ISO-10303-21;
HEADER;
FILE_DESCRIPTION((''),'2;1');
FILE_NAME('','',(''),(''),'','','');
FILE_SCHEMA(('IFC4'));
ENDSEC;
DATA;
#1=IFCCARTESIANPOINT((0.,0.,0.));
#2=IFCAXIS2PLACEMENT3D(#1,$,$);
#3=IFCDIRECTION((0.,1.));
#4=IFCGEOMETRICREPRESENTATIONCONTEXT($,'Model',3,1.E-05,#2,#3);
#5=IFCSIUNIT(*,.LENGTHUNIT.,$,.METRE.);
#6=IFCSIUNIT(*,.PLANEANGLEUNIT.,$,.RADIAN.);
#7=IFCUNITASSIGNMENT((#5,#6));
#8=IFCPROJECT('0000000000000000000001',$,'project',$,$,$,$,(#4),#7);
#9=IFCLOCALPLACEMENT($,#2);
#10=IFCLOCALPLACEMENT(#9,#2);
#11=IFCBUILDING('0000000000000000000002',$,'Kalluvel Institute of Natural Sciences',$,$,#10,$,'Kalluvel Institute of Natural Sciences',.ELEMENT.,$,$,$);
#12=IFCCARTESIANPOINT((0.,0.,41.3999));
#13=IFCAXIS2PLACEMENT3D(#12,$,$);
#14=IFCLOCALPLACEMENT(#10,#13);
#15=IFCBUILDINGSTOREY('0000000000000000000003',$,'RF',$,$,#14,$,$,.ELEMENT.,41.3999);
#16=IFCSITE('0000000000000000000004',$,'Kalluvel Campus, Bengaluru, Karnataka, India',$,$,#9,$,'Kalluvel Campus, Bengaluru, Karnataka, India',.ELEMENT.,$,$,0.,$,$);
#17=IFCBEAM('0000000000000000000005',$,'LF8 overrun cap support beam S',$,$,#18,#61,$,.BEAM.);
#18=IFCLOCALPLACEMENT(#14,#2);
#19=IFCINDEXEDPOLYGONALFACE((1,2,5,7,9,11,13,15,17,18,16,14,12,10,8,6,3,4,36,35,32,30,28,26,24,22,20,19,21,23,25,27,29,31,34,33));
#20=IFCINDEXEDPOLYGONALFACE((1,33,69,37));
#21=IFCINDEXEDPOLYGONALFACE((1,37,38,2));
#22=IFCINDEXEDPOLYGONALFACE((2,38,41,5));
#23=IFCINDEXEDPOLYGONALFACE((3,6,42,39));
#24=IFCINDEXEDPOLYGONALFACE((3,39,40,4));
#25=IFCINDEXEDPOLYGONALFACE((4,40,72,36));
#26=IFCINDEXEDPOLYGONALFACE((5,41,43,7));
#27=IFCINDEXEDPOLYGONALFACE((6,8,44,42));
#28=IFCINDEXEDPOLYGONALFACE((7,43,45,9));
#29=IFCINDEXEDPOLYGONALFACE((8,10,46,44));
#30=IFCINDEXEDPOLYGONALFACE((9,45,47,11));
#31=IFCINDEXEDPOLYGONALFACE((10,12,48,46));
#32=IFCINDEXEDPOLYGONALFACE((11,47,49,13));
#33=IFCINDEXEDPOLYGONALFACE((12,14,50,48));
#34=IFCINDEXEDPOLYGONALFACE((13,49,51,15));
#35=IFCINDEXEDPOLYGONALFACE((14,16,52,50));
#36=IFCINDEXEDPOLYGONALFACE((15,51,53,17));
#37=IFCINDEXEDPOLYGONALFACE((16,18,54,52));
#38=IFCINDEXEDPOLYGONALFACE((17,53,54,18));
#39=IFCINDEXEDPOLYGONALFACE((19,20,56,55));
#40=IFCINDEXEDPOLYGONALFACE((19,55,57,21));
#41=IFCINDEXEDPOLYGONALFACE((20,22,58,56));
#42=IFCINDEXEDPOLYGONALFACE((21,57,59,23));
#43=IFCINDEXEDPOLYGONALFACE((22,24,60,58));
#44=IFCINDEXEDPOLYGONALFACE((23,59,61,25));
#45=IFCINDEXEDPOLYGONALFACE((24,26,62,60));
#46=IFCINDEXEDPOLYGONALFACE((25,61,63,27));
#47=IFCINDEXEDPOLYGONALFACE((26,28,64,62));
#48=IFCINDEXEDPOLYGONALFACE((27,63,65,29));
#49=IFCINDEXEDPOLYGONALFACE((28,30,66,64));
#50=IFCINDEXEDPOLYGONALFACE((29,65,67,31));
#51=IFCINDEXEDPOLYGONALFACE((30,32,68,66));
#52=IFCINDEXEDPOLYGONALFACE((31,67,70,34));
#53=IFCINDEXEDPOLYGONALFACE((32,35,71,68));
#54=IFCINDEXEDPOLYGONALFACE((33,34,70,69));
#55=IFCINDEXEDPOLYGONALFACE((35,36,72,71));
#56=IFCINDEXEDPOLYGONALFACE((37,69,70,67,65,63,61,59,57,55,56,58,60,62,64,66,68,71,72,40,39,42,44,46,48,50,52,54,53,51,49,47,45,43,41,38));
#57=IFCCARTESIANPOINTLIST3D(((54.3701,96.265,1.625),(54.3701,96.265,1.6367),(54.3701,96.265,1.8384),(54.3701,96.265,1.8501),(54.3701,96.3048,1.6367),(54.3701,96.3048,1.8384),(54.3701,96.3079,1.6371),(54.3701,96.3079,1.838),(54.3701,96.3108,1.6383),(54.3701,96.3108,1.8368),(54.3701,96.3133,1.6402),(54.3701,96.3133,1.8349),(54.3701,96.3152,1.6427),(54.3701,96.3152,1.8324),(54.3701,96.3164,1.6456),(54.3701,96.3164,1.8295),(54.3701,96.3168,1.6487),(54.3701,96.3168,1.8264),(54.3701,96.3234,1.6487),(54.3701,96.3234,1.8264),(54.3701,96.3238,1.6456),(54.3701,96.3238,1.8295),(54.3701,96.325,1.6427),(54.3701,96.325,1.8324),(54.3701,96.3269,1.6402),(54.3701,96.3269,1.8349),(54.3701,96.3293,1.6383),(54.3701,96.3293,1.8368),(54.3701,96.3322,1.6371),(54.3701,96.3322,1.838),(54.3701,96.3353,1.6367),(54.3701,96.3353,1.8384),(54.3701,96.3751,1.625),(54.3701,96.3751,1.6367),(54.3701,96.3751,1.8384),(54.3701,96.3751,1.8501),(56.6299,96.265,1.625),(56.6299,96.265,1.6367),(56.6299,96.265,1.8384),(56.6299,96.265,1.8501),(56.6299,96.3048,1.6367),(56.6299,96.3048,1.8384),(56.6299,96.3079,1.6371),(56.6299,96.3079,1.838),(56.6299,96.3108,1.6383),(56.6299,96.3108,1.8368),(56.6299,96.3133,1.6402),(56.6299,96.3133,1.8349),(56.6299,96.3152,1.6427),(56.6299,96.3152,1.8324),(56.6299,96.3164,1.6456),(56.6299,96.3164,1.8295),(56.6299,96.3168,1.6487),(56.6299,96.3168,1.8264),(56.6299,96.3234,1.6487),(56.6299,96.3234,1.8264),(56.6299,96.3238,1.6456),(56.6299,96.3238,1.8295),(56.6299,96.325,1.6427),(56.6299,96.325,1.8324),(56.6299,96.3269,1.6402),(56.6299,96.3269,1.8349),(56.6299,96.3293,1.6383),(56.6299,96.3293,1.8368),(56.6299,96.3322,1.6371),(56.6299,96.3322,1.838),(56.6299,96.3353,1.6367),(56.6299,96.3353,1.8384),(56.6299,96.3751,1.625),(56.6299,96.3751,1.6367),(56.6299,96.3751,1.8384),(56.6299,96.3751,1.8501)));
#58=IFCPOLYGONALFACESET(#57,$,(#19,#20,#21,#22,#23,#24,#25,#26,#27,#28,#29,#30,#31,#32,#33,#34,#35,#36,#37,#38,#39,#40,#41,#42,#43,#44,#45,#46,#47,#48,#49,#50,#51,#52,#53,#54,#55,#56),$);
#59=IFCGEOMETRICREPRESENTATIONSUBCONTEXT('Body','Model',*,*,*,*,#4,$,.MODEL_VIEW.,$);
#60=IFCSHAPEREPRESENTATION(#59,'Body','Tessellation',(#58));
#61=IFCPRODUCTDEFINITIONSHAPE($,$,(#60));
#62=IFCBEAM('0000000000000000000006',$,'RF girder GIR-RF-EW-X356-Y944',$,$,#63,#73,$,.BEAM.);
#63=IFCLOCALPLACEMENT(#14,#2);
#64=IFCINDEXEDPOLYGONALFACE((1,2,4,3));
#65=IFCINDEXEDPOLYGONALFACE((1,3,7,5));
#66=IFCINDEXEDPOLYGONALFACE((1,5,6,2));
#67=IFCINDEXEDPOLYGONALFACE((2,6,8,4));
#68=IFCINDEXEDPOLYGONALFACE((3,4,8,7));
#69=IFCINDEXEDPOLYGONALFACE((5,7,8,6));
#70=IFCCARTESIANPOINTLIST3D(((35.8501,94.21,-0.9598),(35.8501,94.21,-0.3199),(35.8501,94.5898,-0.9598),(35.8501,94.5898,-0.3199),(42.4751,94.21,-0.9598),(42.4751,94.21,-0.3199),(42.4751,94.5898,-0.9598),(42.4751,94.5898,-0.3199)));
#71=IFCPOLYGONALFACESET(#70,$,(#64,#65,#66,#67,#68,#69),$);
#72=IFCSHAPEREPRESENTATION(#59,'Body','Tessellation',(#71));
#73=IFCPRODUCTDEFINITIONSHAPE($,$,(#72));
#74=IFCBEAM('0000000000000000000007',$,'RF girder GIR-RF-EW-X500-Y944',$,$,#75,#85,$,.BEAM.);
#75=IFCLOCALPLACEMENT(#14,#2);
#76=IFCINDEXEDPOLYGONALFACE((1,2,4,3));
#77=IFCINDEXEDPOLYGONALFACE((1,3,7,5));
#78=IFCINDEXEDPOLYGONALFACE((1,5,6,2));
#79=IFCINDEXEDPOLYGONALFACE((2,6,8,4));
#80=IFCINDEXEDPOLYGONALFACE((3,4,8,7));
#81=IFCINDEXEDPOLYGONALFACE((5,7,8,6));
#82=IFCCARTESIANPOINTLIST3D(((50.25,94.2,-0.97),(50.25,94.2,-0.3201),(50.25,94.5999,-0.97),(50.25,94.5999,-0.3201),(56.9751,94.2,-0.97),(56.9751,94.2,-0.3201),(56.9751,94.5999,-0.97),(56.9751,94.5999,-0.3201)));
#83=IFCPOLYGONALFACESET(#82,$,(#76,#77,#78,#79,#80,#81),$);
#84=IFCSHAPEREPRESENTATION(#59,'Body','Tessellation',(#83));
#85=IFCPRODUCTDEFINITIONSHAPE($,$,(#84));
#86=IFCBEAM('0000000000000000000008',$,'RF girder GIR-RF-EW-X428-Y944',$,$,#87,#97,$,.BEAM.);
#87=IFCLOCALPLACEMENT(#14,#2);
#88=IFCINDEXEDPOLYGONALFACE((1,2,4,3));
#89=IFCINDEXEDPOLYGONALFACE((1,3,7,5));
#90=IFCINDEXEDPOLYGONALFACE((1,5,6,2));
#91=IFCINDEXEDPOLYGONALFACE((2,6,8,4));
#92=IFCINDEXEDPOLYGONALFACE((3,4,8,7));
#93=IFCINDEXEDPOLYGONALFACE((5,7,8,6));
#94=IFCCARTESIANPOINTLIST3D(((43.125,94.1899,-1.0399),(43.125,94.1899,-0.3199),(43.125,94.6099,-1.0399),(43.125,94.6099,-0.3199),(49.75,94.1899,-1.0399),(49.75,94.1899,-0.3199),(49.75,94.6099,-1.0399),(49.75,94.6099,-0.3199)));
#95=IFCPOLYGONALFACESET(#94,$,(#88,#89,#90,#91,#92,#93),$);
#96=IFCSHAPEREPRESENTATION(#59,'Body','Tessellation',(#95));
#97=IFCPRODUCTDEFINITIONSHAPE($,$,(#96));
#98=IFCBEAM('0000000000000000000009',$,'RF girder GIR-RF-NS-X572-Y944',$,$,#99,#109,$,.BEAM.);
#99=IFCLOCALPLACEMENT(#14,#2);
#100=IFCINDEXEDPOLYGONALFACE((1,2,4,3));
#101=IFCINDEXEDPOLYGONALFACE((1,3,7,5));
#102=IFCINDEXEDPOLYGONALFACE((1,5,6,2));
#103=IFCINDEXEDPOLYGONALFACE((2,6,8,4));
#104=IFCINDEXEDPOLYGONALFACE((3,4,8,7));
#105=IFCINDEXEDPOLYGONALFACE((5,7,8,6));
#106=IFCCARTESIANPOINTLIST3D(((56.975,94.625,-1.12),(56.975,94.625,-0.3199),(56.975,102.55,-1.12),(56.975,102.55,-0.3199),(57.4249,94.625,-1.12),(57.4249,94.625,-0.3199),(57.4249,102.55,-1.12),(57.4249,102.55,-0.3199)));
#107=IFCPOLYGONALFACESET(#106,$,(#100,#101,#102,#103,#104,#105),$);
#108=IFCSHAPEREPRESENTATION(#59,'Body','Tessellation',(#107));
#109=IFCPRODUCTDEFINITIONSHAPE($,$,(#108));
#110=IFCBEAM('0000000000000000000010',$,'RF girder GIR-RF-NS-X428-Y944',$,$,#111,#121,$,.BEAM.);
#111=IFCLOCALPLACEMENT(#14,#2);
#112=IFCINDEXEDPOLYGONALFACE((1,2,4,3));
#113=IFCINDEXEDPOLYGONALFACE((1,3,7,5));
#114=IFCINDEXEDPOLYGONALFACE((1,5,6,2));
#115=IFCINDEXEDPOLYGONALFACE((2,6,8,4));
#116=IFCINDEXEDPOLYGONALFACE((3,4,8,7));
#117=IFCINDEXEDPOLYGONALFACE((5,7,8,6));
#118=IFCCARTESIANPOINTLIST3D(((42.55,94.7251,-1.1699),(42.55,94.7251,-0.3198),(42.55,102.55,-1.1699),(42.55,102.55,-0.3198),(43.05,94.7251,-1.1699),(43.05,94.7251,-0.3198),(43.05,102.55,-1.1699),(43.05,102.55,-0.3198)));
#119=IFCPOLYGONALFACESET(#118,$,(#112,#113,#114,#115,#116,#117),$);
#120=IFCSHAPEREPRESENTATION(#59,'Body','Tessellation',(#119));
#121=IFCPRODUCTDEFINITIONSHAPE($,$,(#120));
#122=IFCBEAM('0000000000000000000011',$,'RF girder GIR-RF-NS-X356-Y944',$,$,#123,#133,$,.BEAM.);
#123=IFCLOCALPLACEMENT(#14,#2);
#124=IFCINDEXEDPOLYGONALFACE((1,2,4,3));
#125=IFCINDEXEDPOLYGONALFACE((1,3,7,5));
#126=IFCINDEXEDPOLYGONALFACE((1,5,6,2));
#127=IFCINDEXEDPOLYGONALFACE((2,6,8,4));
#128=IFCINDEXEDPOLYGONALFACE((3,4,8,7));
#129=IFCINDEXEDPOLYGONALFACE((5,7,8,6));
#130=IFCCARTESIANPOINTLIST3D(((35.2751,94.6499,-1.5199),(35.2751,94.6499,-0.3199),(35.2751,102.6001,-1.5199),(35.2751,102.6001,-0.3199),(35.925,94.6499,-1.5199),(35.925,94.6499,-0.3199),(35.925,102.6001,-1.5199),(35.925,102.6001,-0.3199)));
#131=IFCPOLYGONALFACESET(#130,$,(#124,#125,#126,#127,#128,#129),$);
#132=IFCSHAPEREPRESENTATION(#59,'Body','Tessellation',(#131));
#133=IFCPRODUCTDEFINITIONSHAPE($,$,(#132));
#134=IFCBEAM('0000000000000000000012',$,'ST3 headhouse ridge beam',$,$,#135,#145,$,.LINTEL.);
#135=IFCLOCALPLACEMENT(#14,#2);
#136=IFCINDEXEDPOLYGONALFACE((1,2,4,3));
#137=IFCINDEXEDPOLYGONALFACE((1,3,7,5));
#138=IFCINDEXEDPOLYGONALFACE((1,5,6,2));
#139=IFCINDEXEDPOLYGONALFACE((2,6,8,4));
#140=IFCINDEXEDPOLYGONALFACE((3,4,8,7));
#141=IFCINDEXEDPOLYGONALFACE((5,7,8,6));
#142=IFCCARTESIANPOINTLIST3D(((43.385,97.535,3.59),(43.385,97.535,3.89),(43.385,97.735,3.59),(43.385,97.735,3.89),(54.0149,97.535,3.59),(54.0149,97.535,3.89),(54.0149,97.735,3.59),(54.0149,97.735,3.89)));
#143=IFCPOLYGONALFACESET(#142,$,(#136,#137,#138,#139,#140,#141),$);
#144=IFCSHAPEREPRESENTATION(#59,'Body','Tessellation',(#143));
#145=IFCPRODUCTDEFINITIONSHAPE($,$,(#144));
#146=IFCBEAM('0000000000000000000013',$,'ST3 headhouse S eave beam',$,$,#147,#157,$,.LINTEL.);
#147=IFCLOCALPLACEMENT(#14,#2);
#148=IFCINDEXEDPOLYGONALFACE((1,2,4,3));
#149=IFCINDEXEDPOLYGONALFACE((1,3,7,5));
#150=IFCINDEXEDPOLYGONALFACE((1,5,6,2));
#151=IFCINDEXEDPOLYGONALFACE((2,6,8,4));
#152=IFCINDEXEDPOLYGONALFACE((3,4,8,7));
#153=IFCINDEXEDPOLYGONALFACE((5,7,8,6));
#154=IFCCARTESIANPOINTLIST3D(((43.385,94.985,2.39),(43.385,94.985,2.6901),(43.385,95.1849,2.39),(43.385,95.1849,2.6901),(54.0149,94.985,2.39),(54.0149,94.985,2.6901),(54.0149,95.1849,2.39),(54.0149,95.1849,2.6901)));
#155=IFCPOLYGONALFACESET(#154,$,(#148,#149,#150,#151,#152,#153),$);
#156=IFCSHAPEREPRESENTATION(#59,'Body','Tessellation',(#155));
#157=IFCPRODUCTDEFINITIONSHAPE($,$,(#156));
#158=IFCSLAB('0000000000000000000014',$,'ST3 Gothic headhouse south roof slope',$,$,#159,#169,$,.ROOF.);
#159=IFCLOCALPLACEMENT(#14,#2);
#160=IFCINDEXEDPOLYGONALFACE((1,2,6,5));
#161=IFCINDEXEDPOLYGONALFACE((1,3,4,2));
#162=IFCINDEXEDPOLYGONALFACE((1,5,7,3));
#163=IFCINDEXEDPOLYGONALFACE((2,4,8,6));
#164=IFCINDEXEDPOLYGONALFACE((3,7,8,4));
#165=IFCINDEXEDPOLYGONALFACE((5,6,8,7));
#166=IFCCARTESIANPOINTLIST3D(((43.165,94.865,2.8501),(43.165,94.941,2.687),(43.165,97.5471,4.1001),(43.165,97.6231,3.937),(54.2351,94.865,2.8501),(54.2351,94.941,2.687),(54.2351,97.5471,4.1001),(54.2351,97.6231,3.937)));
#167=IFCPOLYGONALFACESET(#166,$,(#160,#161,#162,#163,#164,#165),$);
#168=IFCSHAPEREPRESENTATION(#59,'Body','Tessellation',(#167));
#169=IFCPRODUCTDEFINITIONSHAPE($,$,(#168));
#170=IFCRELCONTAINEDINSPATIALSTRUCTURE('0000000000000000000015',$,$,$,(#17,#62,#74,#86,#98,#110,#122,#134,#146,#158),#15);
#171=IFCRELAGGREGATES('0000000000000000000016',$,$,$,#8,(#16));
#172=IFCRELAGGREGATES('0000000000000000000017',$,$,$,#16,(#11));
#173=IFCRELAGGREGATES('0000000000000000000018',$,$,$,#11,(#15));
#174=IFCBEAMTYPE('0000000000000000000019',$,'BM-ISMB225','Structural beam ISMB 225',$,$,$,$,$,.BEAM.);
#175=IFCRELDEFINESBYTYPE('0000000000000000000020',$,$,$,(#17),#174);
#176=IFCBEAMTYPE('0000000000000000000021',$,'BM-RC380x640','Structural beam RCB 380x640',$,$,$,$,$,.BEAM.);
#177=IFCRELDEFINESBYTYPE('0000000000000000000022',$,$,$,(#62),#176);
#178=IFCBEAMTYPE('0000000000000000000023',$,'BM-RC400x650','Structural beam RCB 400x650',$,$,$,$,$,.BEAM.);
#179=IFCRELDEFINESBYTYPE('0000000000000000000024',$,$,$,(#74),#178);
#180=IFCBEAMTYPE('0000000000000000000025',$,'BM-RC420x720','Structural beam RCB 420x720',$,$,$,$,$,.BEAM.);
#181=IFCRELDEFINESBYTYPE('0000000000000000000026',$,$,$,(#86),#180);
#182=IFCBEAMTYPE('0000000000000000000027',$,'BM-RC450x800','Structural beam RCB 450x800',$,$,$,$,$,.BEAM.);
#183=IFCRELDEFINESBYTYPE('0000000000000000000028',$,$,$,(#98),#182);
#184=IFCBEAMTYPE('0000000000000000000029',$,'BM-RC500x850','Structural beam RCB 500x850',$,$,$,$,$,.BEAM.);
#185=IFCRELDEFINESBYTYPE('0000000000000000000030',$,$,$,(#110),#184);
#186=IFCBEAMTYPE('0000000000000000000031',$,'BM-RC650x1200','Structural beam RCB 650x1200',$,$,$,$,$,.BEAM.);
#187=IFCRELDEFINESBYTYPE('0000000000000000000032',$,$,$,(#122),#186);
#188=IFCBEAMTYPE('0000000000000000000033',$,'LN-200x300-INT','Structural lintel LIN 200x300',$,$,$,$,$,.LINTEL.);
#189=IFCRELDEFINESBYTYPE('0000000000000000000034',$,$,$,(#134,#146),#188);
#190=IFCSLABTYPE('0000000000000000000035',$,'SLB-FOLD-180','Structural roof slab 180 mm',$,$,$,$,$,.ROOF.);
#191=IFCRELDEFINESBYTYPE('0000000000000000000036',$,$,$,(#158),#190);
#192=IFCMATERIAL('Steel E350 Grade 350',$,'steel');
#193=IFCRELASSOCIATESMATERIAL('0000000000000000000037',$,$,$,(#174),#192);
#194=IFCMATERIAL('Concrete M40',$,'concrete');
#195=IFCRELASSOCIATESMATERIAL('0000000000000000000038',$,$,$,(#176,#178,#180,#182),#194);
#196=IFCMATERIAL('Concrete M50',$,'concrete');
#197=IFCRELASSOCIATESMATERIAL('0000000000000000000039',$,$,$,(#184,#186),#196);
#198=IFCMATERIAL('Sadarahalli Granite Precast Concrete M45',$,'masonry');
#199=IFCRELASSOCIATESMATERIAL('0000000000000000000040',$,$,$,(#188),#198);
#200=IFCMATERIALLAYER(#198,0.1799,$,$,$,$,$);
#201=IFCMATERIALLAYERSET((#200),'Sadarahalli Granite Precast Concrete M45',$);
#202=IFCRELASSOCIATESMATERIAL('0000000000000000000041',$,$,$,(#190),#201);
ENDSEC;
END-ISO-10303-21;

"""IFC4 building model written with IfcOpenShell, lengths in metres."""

from ifc_helpers import new_model, si_unit, direction, frame, origin, origin_2d, place, context, subcontext, project, spatial, polyline, rectangle, i_section, outline, extrude, material, layer, layer_set, material_profile, profile_set, type_object, element, save


model = new_model("IFC4")

# Units and contexts
model_context = context("Model", 3, precision=1e-05, world=origin(), true_north=direction((0.0, 1.0)))
body_context = subcontext(model_context, "Body", "Model", "MODEL_VIEW")
ifc_project = project(units=[si_unit("LENGTHUNIT", "METRE"), si_unit("PLANEANGLEUNIT", "RADIAN")], contexts=[model_context])

# Site, building, storey
site_placement = place(None, origin())
site = spatial("IfcSite", under=ifc_project, at=site_placement, Name="Kalluvel Campus, Bengaluru, Karnataka, India", LongName="Kalluvel Campus, Bengaluru, Karnataka, India", CompositionType="ELEMENT", RefElevation=0.0)
building_placement = place(site_placement, origin())
building = spatial("IfcBuilding", under=site, at=building_placement, Name="Kalluvel Institute of Natural Sciences", LongName="Kalluvel Institute of Natural Sciences", CompositionType="ELEMENT")
storey_placement = place(building_placement, frame((0.0, 0.0, 41.3999)))
storey = spatial("IfcBuildingStorey", under=building, at=storey_placement, Name="RF", CompositionType="ELEMENT", Elevation=41.3999)

# Beams
ifc_material_1 = material(Name="Steel E350 Grade 350", Category="steel")
ifc_material_profile_1 = material_profile(ifc_material_1, i_section(OverallWidth=0.1101, OverallDepth=0.2251, WebThickness=0.0066, FlangeThickness=0.0117, FilletRadius=0.012, at=origin_2d()), Name="ISMB 225")
ifc_profile_set_1 = profile_set([ifc_material_profile_1], Name="Steel E350 Grade 350")
beam_type_1 = type_object("IfcBeamType", Name="BM-ISMB225", Description="Structural beam ISMB 225", PredefinedType="BEAM", material=ifc_profile_set_1)
beam_1_placement = place(storey_placement, frame((54.3701, 96.3201, 1.7375), z_axis=(1.0, 0.0, 0.0), x_axis=(0.0, 1.0, 0.0)))
element("IfcBeam", 1, at=beam_1_placement, inside=storey, type_object=beam_type_1, Name="LF8 overrun cap support beam S", PredefinedType="BEAM", context=body_context, shape_type="SweptSolid", body=[
    extrude(i_section(OverallWidth=0.1101, OverallDepth=0.2251, WebThickness=0.0066, FlangeThickness=0.0117, FilletRadius=0.012, at=origin_2d()), origin(), (0.0, 0.0, 1.0), 2.2598),
])
ifc_material_2 = material(Name="Concrete M40", Category="concrete")
ifc_material_profile_2 = material_profile(ifc_material_2, rectangle(XDim=0.3799, YDim=0.6399, at=origin_2d()), Name="RCB 380x640")
ifc_profile_set_2 = profile_set([ifc_material_profile_2], Name="Concrete M40")
beam_type_2 = type_object("IfcBeamType", Name="BM-RC380x640", Description="Structural beam RCB 380x640", PredefinedType="BEAM", material=ifc_profile_set_2)
beam_2_placement = place(storey_placement, frame((35.8501, 94.3999, -0.6399), z_axis=(1.0, 0.0, 0.0), x_axis=(0.0, 1.0, 0.0)))
element("IfcBeam", 2, at=beam_2_placement, inside=storey, type_object=beam_type_2, Name="RF girder GIR-RF-EW-X356-Y944", PredefinedType="BEAM", context=body_context, shape_type="SweptSolid", body=[
    extrude(rectangle(XDim=0.3799, YDim=0.6399, at=origin_2d()), origin(), (0.0, 0.0, 1.0), 6.625),
])
ifc_material_profile_3 = material_profile(ifc_material_2, rectangle(XDim=0.3999, YDim=0.6499, at=origin_2d()), Name="RCB 400x650")
ifc_profile_set_3 = profile_set([ifc_material_profile_3], Name="Concrete M40")
beam_type_3 = type_object("IfcBeamType", Name="BM-RC400x650", Description="Structural beam RCB 400x650", PredefinedType="BEAM", material=ifc_profile_set_3)
beam_3_placement = place(storey_placement, frame((50.25, 94.3999, -0.645), z_axis=(1.0, 0.0, 0.0), x_axis=(0.0, 1.0, 0.0)))
element("IfcBeam", 3, at=beam_3_placement, inside=storey, type_object=beam_type_3, Name="RF girder GIR-RF-EW-X500-Y944", PredefinedType="BEAM", context=body_context, shape_type="SweptSolid", body=[
    extrude(rectangle(XDim=0.3999, YDim=0.6499, at=origin_2d()), origin(), (0.0, 0.0, 1.0), 6.7251),
])
ifc_material_profile_4 = material_profile(ifc_material_2, rectangle(XDim=0.4199, YDim=0.72, at=origin_2d()), Name="RCB 420x720")
ifc_profile_set_4 = profile_set([ifc_material_profile_4], Name="Concrete M40")
beam_type_4 = type_object("IfcBeamType", Name="BM-RC420x720", Description="Structural beam RCB 420x720", PredefinedType="BEAM", material=ifc_profile_set_4)
beam_4_placement = place(storey_placement, frame((43.125, 94.3999, -0.6799), z_axis=(1.0, 0.0, 0.0), x_axis=(0.0, 1.0, 0.0)))
element("IfcBeam", 4, at=beam_4_placement, inside=storey, type_object=beam_type_4, Name="RF girder GIR-RF-EW-X428-Y944", PredefinedType="BEAM", context=body_context, shape_type="SweptSolid", body=[
    extrude(rectangle(XDim=0.4199, YDim=0.72, at=origin_2d()), origin(), (0.0, 0.0, 1.0), 6.625),
])
ifc_material_profile_5 = material_profile(ifc_material_2, rectangle(XDim=0.45, YDim=0.8, at=origin_2d()), Name="RCB 450x800")
ifc_profile_set_5 = profile_set([ifc_material_profile_5], Name="Concrete M40")
beam_type_5 = type_object("IfcBeamType", Name="BM-RC450x800", Description="Structural beam RCB 450x800", PredefinedType="BEAM", material=ifc_profile_set_5)
beam_5_placement = place(storey_placement, frame((57.2, 94.625, -0.72), z_axis=(0.0, 1.0, 0.0), x_axis=(-1.0, 0.0, 0.0)))
element("IfcBeam", 5, at=beam_5_placement, inside=storey, type_object=beam_type_5, Name="RF girder GIR-RF-NS-X572-Y944", PredefinedType="BEAM", context=body_context, shape_type="SweptSolid", body=[
    extrude(rectangle(XDim=0.45, YDim=0.8, at=origin_2d()), origin(), (0.0, 0.0, 1.0), 7.925),
])
ifc_material_3 = material(Name="Concrete M50", Category="concrete")
ifc_material_profile_6 = material_profile(ifc_material_3, rectangle(XDim=0.5, YDim=0.8501, at=origin_2d()), Name="RCB 500x850")
ifc_profile_set_6 = profile_set([ifc_material_profile_6], Name="Concrete M50")
beam_type_6 = type_object("IfcBeamType", Name="BM-RC500x850", Description="Structural beam RCB 500x850", PredefinedType="BEAM", material=ifc_profile_set_6)
beam_6_placement = place(storey_placement, frame((42.8, 94.7251, -0.7449), z_axis=(0.0, 1.0, 0.0), x_axis=(-1.0, 0.0, 0.0)))
element("IfcBeam", 6, at=beam_6_placement, inside=storey, type_object=beam_type_6, Name="RF girder GIR-RF-NS-X428-Y944", PredefinedType="BEAM", context=body_context, shape_type="SweptSolid", body=[
    extrude(rectangle(XDim=0.5, YDim=0.8501, at=origin_2d()), origin(), (0.0, 0.0, 1.0), 7.825),
])
ifc_material_profile_7 = material_profile(ifc_material_3, rectangle(XDim=0.6499, YDim=1.2, at=origin_2d()), Name="RCB 650x1200")
ifc_profile_set_7 = profile_set([ifc_material_profile_7], Name="Concrete M50")
beam_type_7 = type_object("IfcBeamType", Name="BM-RC650x1200", Description="Structural beam RCB 650x1200", PredefinedType="BEAM", material=ifc_profile_set_7)
beam_7_placement = place(storey_placement, frame((35.6001, 94.6499, -0.9199), z_axis=(0.0, 1.0, 0.0), x_axis=(-1.0, 0.0, 0.0)))
element("IfcBeam", 7, at=beam_7_placement, inside=storey, type_object=beam_type_7, Name="RF girder GIR-RF-NS-X356-Y944", PredefinedType="BEAM", context=body_context, shape_type="SweptSolid", body=[
    extrude(rectangle(XDim=0.6499, YDim=1.2, at=origin_2d()), origin(), (0.0, 0.0, 1.0), 7.9502),
])
ifc_material_4 = material(Name="Sadarahalli Granite Precast Concrete M45", Category="masonry")
ifc_material_profile_8 = material_profile(ifc_material_4, rectangle(XDim=0.2, YDim=0.3, at=origin_2d()), Name="LIN 200x300")
ifc_profile_set_8 = profile_set([ifc_material_profile_8], Name="Sadarahalli Granite Precast Concrete M45")
beam_type_8 = type_object("IfcBeamType", Name="LN-200x300-INT", Description="Structural lintel LIN 200x300", PredefinedType="LINTEL", material=ifc_profile_set_8)
for number, where, z_axis, x_axis, name in (
    (8, (43.385, 97.635, 3.74), (1.0, 0.0, 0.0), (0.0, 1.0, 0.0), "ST3 headhouse ridge beam"),
    (9, (43.385, 95.085, 2.54), (1.0, 0.0, 0.0), (0.0, 1.0, 0.0), "ST3 headhouse S eave beam"),
):
    element("IfcBeam", number, at=place(storey_placement, frame(where, z_axis=z_axis, x_axis=x_axis)), inside=storey, type_object=beam_type_8, Name=name, PredefinedType="LINTEL", context=body_context, shape_type="SweptSolid", body=[
        extrude(rectangle(XDim=0.2, YDim=0.3, at=origin_2d()), origin(), (0.0, 0.0, 1.0), 10.6299),
    ])

# Slab
ifc_layer_1 = layer(ifc_material_4, 0.1799)
ifc_layer_set_1 = layer_set([ifc_layer_1], Name="Sadarahalli Granite Precast Concrete M45")
slab_type_1 = type_object("IfcSlabType", Name="SLB-FOLD-180", Description="Structural roof slab 180 mm", PredefinedType="ROOF", material=ifc_layer_set_1)
slab_1_placement = place(storey_placement, frame((43.165, 94.865, 2.8501), z_axis=(0.0, -0.422425, 0.906398), x_axis=(1.0, 0.0, 0.0)))
element("IfcSlab", 10, at=slab_1_placement, inside=storey, type_object=slab_type_1, Name="ST3 Gothic headhouse south roof slope", PredefinedType="ROOF", context=body_context, shape_type="SweptSolid", body=[
    extrude(outline(polyline([(0.0, 0.0), (11.0701, 0.0), (11.0701, 2.9591), (0.0, 2.9591), (0.0, 0.0)])), origin(), (0.0, 0.0, -1.0), 0.1799),
])

save(model, "model.ifc")
